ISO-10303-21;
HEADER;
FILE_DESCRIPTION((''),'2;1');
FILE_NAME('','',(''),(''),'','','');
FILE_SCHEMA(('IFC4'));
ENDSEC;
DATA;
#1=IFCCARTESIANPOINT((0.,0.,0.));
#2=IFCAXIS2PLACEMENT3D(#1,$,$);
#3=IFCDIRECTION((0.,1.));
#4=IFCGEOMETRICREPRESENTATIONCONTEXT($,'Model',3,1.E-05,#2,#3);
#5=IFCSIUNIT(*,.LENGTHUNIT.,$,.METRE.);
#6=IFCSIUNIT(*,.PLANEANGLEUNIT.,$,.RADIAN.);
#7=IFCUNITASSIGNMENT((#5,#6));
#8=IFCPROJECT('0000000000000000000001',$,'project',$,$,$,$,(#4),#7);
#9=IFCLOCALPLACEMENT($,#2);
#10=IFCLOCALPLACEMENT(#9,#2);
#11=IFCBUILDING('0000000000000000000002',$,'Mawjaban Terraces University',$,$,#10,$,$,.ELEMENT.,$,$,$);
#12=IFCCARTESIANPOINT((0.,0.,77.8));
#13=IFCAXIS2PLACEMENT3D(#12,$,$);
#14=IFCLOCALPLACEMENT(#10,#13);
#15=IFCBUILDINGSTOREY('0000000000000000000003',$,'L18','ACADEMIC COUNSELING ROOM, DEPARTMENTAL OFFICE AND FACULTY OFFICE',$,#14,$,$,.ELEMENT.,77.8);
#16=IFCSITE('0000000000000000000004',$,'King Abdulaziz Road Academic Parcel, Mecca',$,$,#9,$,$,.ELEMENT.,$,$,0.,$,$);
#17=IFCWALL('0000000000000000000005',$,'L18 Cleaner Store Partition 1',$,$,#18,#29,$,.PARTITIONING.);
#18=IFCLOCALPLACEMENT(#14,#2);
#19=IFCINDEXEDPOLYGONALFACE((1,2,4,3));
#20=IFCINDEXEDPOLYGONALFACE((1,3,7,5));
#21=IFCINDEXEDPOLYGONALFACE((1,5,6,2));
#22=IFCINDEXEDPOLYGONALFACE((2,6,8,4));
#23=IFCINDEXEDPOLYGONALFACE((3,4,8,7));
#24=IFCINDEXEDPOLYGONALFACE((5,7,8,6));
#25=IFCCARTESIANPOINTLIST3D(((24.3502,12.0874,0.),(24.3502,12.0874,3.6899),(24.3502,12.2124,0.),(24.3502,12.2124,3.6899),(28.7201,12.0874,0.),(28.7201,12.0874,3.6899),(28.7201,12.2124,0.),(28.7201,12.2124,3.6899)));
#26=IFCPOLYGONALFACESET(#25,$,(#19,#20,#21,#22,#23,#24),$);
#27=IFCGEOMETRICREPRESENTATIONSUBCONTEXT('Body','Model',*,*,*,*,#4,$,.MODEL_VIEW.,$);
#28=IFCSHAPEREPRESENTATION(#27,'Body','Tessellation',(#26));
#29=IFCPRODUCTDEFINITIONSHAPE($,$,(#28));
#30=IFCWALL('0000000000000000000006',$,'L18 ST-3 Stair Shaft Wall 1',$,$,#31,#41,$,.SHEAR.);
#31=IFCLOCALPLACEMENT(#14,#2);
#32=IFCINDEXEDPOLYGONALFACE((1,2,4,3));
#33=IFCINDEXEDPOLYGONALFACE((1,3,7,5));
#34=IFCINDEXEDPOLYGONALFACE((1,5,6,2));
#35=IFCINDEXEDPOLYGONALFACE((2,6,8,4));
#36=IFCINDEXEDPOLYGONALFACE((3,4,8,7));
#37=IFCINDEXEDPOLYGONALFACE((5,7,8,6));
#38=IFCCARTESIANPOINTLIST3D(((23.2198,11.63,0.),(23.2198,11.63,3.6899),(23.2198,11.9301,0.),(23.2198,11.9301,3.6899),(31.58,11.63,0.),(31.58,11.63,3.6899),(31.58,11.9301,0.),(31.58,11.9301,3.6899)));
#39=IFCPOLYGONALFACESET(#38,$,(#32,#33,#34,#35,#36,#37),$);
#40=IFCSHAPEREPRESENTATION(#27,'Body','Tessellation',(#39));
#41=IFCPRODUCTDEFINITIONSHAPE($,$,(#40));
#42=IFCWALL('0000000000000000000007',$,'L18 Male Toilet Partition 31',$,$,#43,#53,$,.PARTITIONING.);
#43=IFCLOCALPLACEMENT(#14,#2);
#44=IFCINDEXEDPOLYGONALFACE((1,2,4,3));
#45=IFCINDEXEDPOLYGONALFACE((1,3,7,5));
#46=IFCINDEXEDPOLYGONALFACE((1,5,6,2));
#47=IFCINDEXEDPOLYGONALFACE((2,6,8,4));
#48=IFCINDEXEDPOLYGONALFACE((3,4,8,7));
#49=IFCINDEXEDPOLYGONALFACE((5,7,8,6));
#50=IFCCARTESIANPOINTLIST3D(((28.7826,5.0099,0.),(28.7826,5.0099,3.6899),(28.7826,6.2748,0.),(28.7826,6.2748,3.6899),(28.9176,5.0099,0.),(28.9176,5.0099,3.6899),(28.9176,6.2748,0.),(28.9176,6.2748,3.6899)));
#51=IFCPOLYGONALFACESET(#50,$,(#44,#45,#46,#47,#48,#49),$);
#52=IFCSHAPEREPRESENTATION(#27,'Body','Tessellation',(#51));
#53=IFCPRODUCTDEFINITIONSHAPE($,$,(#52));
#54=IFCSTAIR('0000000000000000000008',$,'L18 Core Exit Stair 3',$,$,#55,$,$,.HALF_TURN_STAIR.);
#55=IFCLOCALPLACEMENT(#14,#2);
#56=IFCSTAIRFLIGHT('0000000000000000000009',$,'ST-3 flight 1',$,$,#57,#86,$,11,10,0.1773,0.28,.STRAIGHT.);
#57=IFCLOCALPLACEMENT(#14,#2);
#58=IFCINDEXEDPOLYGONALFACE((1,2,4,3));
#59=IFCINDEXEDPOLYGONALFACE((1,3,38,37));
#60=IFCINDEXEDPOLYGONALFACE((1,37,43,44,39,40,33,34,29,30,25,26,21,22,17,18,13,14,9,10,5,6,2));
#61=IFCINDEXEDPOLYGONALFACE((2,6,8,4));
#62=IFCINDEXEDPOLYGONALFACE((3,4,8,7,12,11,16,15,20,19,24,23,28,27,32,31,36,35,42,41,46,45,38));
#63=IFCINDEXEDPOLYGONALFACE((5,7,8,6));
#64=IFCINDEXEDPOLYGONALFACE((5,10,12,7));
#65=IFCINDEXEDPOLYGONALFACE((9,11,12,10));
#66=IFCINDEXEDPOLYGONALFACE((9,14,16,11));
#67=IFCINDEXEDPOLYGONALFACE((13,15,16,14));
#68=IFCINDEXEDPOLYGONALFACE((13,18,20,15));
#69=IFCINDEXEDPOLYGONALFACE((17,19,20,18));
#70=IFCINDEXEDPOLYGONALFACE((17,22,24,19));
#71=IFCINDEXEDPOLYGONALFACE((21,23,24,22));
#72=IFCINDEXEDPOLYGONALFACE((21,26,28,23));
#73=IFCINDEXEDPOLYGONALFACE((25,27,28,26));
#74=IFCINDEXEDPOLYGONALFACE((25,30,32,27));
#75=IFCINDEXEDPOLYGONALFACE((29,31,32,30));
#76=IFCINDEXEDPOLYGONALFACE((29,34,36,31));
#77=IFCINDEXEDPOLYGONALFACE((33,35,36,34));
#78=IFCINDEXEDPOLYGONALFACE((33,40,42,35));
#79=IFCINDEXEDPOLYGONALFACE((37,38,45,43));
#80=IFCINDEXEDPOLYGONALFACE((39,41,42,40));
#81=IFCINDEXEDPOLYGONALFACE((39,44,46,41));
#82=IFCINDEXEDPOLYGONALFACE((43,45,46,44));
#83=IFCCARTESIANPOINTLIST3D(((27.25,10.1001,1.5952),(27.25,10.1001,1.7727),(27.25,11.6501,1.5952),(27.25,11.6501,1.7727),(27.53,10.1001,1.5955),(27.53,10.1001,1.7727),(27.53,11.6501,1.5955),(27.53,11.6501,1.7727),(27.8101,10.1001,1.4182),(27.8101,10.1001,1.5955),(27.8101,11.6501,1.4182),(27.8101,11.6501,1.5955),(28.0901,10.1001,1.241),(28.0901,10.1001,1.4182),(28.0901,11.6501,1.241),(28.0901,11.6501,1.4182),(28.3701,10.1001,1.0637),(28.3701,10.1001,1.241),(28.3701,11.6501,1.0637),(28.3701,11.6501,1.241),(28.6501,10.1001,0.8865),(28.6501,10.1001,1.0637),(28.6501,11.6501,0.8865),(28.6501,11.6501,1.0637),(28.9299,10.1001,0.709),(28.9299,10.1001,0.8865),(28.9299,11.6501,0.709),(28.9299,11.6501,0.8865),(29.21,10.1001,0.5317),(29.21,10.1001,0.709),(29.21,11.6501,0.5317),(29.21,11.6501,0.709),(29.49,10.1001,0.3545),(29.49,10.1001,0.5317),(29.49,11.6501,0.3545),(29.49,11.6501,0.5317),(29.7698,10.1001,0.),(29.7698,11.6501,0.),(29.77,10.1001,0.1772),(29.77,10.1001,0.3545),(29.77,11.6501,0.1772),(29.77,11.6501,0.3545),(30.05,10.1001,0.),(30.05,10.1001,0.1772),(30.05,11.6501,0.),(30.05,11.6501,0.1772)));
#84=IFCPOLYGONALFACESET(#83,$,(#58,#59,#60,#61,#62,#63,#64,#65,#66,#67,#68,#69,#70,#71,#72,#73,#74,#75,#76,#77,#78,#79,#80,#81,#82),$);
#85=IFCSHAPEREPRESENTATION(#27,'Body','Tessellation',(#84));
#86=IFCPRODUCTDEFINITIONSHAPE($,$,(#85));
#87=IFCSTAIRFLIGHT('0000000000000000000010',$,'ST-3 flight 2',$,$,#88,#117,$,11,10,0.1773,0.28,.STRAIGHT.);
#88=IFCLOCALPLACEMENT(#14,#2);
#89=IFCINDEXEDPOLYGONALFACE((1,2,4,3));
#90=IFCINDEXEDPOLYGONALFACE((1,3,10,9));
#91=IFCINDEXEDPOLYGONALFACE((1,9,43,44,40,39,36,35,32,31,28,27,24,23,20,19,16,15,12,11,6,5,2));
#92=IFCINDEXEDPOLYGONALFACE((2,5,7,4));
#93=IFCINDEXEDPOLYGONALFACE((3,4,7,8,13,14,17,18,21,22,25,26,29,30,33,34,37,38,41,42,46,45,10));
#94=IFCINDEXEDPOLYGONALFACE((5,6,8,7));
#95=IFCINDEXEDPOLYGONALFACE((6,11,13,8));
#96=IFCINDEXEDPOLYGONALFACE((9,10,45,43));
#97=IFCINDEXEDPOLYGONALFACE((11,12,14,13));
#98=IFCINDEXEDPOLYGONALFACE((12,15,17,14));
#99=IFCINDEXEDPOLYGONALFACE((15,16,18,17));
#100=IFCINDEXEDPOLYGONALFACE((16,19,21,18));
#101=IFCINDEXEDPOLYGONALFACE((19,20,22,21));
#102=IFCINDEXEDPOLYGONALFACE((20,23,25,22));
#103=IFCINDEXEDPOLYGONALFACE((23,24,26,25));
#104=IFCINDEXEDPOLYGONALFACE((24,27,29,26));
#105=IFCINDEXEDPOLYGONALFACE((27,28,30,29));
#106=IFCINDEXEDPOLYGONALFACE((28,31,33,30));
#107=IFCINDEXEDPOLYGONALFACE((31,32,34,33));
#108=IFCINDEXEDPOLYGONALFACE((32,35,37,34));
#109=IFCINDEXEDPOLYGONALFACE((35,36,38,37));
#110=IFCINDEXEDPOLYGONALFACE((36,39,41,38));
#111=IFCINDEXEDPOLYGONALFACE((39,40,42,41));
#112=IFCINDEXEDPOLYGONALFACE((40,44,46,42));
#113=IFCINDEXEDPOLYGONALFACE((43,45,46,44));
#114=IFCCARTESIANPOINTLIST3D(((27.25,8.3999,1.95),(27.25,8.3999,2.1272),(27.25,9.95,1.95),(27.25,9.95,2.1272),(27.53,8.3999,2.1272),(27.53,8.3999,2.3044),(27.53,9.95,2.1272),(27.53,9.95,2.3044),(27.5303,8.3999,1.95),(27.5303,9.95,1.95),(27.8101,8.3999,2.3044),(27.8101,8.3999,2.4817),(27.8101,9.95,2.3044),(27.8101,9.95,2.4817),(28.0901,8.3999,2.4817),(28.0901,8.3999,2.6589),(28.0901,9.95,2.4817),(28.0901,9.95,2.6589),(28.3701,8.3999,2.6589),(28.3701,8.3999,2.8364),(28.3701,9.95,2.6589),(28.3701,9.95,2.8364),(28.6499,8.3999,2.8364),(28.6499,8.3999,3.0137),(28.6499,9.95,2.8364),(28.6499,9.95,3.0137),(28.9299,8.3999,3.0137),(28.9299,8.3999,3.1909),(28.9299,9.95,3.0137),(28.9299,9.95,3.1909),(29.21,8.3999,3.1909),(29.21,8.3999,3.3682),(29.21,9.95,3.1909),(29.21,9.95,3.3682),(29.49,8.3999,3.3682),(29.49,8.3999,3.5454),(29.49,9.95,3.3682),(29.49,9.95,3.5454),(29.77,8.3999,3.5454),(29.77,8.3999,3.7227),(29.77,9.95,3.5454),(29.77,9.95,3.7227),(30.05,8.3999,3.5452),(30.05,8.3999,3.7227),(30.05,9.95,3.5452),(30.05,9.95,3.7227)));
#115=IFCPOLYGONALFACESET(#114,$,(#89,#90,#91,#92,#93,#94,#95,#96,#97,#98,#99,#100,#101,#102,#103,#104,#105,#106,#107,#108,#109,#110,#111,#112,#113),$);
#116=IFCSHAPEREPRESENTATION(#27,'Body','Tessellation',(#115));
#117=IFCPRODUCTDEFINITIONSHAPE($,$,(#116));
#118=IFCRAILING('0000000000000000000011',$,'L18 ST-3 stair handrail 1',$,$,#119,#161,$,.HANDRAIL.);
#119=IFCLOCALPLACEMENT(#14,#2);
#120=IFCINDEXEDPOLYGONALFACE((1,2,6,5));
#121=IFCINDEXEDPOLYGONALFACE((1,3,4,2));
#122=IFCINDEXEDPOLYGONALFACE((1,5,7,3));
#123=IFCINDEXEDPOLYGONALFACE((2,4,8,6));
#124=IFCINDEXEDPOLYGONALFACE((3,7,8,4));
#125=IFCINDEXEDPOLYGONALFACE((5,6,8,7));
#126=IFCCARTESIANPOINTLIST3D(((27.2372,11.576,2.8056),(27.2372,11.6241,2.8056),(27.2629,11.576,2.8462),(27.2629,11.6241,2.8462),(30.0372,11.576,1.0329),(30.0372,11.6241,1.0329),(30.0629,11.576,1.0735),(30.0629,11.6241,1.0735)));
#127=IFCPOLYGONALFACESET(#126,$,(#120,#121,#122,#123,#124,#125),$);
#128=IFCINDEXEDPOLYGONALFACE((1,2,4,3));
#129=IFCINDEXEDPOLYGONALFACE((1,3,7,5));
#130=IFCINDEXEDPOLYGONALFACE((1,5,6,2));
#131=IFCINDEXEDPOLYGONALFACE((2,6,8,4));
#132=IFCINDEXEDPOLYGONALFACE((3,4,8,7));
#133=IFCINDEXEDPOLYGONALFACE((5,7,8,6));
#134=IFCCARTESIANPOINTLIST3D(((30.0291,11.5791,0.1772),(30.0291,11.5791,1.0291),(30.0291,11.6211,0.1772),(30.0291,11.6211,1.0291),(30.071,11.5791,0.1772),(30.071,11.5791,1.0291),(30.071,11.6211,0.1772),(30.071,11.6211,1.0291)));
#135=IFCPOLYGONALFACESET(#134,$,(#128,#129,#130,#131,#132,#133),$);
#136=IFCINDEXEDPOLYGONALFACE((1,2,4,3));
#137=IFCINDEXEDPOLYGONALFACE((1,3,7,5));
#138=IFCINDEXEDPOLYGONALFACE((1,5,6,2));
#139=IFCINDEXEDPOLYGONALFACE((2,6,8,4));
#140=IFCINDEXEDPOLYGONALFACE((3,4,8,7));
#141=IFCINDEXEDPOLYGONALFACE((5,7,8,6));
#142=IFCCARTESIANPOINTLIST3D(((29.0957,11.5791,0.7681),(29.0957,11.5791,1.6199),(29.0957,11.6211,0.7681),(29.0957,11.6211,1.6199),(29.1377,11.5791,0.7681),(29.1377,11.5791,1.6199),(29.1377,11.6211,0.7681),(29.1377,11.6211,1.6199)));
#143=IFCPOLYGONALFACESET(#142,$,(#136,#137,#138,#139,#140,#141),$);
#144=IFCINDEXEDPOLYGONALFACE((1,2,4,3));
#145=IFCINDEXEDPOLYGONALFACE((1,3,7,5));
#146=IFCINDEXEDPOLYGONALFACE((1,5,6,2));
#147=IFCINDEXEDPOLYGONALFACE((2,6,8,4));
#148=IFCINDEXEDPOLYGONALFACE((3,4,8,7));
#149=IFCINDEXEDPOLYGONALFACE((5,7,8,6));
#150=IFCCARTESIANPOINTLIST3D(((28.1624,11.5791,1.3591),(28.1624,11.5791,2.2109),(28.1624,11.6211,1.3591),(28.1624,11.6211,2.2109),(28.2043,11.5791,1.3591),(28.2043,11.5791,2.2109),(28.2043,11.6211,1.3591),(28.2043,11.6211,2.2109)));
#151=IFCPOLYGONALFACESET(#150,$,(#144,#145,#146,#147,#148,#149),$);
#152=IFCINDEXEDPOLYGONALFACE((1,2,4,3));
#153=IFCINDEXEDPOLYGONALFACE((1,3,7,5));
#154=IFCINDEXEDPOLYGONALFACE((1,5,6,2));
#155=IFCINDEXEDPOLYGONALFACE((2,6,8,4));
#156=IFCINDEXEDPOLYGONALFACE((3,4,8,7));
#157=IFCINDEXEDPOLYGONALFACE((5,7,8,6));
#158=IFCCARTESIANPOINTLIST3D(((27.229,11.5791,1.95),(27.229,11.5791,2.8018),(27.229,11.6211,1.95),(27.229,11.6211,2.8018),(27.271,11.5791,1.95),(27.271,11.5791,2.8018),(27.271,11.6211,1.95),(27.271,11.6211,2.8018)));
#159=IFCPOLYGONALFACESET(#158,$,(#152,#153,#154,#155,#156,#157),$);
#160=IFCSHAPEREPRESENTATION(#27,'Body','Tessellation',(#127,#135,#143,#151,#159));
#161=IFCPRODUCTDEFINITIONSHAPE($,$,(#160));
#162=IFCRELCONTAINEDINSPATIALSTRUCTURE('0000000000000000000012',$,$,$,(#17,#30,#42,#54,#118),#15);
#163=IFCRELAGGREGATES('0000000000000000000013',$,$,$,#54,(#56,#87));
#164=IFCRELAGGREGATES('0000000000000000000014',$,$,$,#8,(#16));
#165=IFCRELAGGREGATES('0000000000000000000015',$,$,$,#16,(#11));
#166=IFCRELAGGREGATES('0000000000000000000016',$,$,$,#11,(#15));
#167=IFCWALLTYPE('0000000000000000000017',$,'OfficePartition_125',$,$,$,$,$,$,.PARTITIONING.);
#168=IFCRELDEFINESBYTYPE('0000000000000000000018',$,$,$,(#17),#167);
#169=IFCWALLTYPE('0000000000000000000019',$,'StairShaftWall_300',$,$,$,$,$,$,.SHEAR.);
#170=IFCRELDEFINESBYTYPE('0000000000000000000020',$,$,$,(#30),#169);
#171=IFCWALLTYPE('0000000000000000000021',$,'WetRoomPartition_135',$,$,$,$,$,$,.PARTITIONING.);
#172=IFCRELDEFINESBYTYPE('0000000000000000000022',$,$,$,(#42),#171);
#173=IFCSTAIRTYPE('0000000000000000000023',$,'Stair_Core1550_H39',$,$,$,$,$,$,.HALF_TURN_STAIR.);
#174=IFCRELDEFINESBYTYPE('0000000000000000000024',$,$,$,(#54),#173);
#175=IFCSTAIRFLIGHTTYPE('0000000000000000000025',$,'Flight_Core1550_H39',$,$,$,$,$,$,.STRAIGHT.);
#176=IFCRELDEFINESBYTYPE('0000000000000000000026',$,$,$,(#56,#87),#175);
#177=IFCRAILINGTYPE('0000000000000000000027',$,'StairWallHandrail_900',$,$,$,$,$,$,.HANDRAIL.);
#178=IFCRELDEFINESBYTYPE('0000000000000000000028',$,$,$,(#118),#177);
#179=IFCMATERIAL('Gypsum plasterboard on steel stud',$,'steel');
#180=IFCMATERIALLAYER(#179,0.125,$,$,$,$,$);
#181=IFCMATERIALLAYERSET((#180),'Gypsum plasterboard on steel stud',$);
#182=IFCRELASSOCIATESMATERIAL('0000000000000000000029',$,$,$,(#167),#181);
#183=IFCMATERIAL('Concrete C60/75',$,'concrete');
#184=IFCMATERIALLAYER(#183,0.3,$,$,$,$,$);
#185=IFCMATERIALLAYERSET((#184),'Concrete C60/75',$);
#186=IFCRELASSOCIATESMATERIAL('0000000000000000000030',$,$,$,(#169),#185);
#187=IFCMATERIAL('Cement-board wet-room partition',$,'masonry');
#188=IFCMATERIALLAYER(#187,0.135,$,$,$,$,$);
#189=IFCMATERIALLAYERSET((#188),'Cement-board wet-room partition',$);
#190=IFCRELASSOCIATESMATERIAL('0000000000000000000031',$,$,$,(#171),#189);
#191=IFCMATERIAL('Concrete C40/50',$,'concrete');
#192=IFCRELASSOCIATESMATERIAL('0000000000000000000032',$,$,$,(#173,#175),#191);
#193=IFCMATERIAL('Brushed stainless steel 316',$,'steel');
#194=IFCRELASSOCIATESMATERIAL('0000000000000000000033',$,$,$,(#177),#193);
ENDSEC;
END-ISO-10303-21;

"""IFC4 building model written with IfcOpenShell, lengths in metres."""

from ifc_helpers import new_model, si_unit, direction, frame, frame_2d, origin, origin_2d, place, context, subcontext, project, spatial, polyline, rectangle, outline, extrude, material, layer, layer_set, type_object, element, aggregate, save


model = new_model("IFC4")

# Units and contexts
model_context = context("Model", 3, precision=1e-05, world=origin(), true_north=direction((0.0, 1.0)))
body_context = subcontext(model_context, "Body", "Model", "MODEL_VIEW")
ifc_project = project(units=[si_unit("LENGTHUNIT", "METRE"), si_unit("PLANEANGLEUNIT", "RADIAN")], contexts=[model_context])

# Site, building, storey
site_placement = place(None, origin())
site = spatial("IfcSite", under=ifc_project, at=site_placement, Name="King Abdulaziz Road Academic Parcel, Mecca", CompositionType="ELEMENT", RefElevation=0.0)
building_placement = place(site_placement, origin())
building = spatial("IfcBuilding", under=site, at=building_placement, Name="Mawjaban Terraces University", CompositionType="ELEMENT")
storey_placement = place(building_placement, frame((0.0, 0.0, 77.8)))
storey = spatial("IfcBuildingStorey", under=building, at=storey_placement, Name="L18", Description="ACADEMIC COUNSELING ROOM, DEPARTMENTAL OFFICE AND FACULTY OFFICE", CompositionType="ELEMENT", Elevation=77.8)

# Shared definitions
ifc_material_1 = material(Name="Concrete C40/50", Category="concrete")

# Walls
ifc_material_2 = material(Name="Gypsum plasterboard on steel stud", Category="steel")
ifc_layer_1 = layer(ifc_material_2, 0.125)
ifc_layer_set_1 = layer_set([ifc_layer_1], Name="Gypsum plasterboard on steel stud")
wall_type_1 = type_object("IfcWallType", Name="OfficePartition_125", PredefinedType="PARTITIONING", material=ifc_layer_set_1)
wall_1_placement = place(storey_placement, frame((24.3501, 12.1499, 0.0), z_axis=(0.0, 0.0, 1.0), x_axis=(1.0, 0.0, 0.0)))
element("IfcWall", 1, at=wall_1_placement, inside=storey, type_object=wall_type_1, Name="L18 Cleaner Store Partition 1", PredefinedType="PARTITIONING", context=body_context, shape_type="SweptSolid", body=[
    extrude(rectangle(XDim=4.3699, YDim=0.125, at=frame_2d((2.1851, 0.0))), origin(), (0.0, 0.0, 1.0), 3.6899),
])
ifc_material_3 = material(Name="Concrete C60/75", Category="concrete")
ifc_layer_2 = layer(ifc_material_3, 0.3)
ifc_layer_set_2 = layer_set([ifc_layer_2], Name="Concrete C60/75")
wall_type_2 = type_object("IfcWallType", Name="StairShaftWall_300", PredefinedType="SHEAR", material=ifc_layer_set_2)
wall_2_placement = place(storey_placement, frame((31.5801, 11.78, 0.0), z_axis=(0.0, 0.0, 1.0), x_axis=(-1.0, 0.0, 0.0)))
element("IfcWall", 2, at=wall_2_placement, inside=storey, type_object=wall_type_2, Name="L18 ST-3 Stair Shaft Wall 1", PredefinedType="SHEAR", context=body_context, shape_type="SweptSolid", body=[
    extrude(rectangle(XDim=8.3601, YDim=0.3, at=frame_2d((4.1802, 0.0))), origin(), (0.0, 0.0, 1.0), 3.6899),
])

# Wall
ifc_material_4 = material(Name="Cement-board wet-room partition", Category="masonry")
ifc_layer_3 = layer(ifc_material_4, 0.135)
ifc_layer_set_3 = layer_set([ifc_layer_3], Name="Cement-board wet-room partition")
wall_type_3 = type_object("IfcWallType", Name="WetRoomPartition_135", PredefinedType="PARTITIONING", material=ifc_layer_set_3)
wall_3_placement = place(storey_placement, frame((28.8501, 5.01, 0.0), z_axis=(0.0, 0.0, 1.0), x_axis=(0.0, 1.0, 0.0)))
element("IfcWall", 3, at=wall_3_placement, inside=storey, type_object=wall_type_3, Name="L18 Male Toilet Partition 31", PredefinedType="PARTITIONING", context=body_context, shape_type="SweptSolid", body=[
    extrude(rectangle(XDim=1.2649, YDim=0.135, at=frame_2d((0.6323, 0.0))), origin(), (0.0, 0.0, 1.0), 3.6899),
])

# Stair, stair flights
stair_type = type_object("IfcStairType", Name="Stair_Core1550_H39", PredefinedType="HALF_TURN_STAIR", material=ifc_material_1)
stair_placement = place(storey_placement, origin())
stair = element("IfcStair", 4, at=stair_placement, inside=storey, type_object=stair_type, Name="L18 Core Exit Stair 3", PredefinedType="HALF_TURN_STAIR")
stair_flight_type = type_object("IfcStairFlightType", Name="Flight_Core1550_H39", PredefinedType="STRAIGHT", material=ifc_material_1)
stair_flight_1_placement = place(storey_placement, frame((30.05, 10.875, 0.0), z_axis=(0.0, 0.0, 1.0), x_axis=(-1.0, 0.0, 0.0)))
stair_flight_1 = element("IfcStairFlight", 5, at=stair_flight_1_placement, type_object=stair_flight_type, Name="ST-3 flight 1", NumberOfRisers=11, NumberOfTreads=10, PredefinedType="STRAIGHT", RiserHeight=0.1773, TreadLength=0.28, context=body_context, shape_type="SweptSolid", body=[
    extrude(outline(polyline([(0.0, 0.0), (0.0, 0.1772), (0.28, 0.1772), (0.28, 0.3545), (0.5601, 0.3545), (0.5601, 0.5317), (0.8401, 0.5317), (0.8401, 0.709), (1.1201, 0.709), (1.1201, 0.8865), (1.3999, 0.8865), (1.3999, 1.0637), (1.6799, 1.0637), (1.6799, 1.241), (1.96, 1.241), (1.96, 1.4182), (2.24, 1.4182), (2.24, 1.5955), (2.52, 1.5955), (2.52, 1.7727), (2.8, 1.7727), (2.8, 1.95), (2.8, 1.5952), (0.2803, 0.0), (0.0, 0.0)])), frame((0.0, 0.7749, 0.0), z_axis=(0.0, -1.0, 0.0), x_axis=(1.0, 0.0, 0.0)), (0.0, 0.0, 1.0), 1.55),
])
stair_flight_2_placement = place(storey_placement, frame((27.25, 9.175, 1.95), z_axis=(0.0, 0.0, 1.0), x_axis=(1.0, 0.0, 0.0)))
stair_flight_2 = element("IfcStairFlight", 6, at=stair_flight_2_placement, type_object=stair_flight_type, Name="ST-3 flight 2", NumberOfRisers=11, NumberOfTreads=10, PredefinedType="STRAIGHT", RiserHeight=0.1773, TreadLength=0.28, context=body_context, shape_type="SweptSolid", body=[
    extrude(outline(polyline([(0.0, 0.0), (0.0, 0.1772), (0.28, 0.1772), (0.28, 0.3545), (0.5601, 0.3545), (0.5601, 0.5317), (0.8401, 0.5317), (0.8401, 0.709), (1.1201, 0.709), (1.1201, 0.8865), (1.3999, 0.8865), (1.3999, 1.0637), (1.6799, 1.0637), (1.6799, 1.241), (1.96, 1.241), (1.96, 1.4182), (2.24, 1.4182), (2.24, 1.5955), (2.52, 1.5955), (2.52, 1.7727), (2.8, 1.7727), (2.8, 1.95), (2.8, 1.5952), (0.2803, 0.0), (0.0, 0.0)])), frame((0.0, 0.7749, 0.0), z_axis=(0.0, -1.0, 0.0), x_axis=(1.0, 0.0, 0.0)), (0.0, 0.0, 1.0), 1.55),
])
aggregate(stair, [stair_flight_1, stair_flight_2])

# Railing
ifc_material_5 = material(Name="Brushed stainless steel 316", Category="steel")
railing_type_1 = type_object("IfcRailingType", Name="StairWallHandrail_900", PredefinedType="HANDRAIL", material=ifc_material_5)
railing_1_placement = place(storey_placement, frame((30.05, 11.6001, 0.1772)))
element("IfcRailing", 7, at=railing_1_placement, inside=storey, type_object=railing_type_1, Name="L18 ST-3 stair handrail 1", PredefinedType="HANDRAIL", context=body_context, shape_type="SweptSolid", body=[
    extrude(rectangle(XDim=0.0481, YDim=0.0481, at=origin_2d()), frame((0.0, 0.0, 0.876), z_axis=(-0.844909, 0.0, 0.53491), x_axis=(0.0, -1.0, 0.0)), (0.0, 0.0, 1.0), 3.314),
    extrude(rectangle(XDim=0.042, YDim=0.042, at=origin_2d()), origin(), (0.0, 0.0, 1.0), 0.8518),
    extrude(rectangle(XDim=0.042, YDim=0.042, at=origin_2d()), frame((-0.9333, 0.0, 0.5908)), (0.0, 0.0, 1.0), 0.8518),
    extrude(rectangle(XDim=0.042, YDim=0.042, at=origin_2d()), frame((-1.8667, 0.0, 1.1819)), (0.0, 0.0, 1.0), 0.8518),
    extrude(rectangle(XDim=0.042, YDim=0.042, at=origin_2d()), frame((-2.8, 0.0, 1.7727)), (0.0, 0.0, 1.0), 0.8518),
])

save(model, "model.ifc")
